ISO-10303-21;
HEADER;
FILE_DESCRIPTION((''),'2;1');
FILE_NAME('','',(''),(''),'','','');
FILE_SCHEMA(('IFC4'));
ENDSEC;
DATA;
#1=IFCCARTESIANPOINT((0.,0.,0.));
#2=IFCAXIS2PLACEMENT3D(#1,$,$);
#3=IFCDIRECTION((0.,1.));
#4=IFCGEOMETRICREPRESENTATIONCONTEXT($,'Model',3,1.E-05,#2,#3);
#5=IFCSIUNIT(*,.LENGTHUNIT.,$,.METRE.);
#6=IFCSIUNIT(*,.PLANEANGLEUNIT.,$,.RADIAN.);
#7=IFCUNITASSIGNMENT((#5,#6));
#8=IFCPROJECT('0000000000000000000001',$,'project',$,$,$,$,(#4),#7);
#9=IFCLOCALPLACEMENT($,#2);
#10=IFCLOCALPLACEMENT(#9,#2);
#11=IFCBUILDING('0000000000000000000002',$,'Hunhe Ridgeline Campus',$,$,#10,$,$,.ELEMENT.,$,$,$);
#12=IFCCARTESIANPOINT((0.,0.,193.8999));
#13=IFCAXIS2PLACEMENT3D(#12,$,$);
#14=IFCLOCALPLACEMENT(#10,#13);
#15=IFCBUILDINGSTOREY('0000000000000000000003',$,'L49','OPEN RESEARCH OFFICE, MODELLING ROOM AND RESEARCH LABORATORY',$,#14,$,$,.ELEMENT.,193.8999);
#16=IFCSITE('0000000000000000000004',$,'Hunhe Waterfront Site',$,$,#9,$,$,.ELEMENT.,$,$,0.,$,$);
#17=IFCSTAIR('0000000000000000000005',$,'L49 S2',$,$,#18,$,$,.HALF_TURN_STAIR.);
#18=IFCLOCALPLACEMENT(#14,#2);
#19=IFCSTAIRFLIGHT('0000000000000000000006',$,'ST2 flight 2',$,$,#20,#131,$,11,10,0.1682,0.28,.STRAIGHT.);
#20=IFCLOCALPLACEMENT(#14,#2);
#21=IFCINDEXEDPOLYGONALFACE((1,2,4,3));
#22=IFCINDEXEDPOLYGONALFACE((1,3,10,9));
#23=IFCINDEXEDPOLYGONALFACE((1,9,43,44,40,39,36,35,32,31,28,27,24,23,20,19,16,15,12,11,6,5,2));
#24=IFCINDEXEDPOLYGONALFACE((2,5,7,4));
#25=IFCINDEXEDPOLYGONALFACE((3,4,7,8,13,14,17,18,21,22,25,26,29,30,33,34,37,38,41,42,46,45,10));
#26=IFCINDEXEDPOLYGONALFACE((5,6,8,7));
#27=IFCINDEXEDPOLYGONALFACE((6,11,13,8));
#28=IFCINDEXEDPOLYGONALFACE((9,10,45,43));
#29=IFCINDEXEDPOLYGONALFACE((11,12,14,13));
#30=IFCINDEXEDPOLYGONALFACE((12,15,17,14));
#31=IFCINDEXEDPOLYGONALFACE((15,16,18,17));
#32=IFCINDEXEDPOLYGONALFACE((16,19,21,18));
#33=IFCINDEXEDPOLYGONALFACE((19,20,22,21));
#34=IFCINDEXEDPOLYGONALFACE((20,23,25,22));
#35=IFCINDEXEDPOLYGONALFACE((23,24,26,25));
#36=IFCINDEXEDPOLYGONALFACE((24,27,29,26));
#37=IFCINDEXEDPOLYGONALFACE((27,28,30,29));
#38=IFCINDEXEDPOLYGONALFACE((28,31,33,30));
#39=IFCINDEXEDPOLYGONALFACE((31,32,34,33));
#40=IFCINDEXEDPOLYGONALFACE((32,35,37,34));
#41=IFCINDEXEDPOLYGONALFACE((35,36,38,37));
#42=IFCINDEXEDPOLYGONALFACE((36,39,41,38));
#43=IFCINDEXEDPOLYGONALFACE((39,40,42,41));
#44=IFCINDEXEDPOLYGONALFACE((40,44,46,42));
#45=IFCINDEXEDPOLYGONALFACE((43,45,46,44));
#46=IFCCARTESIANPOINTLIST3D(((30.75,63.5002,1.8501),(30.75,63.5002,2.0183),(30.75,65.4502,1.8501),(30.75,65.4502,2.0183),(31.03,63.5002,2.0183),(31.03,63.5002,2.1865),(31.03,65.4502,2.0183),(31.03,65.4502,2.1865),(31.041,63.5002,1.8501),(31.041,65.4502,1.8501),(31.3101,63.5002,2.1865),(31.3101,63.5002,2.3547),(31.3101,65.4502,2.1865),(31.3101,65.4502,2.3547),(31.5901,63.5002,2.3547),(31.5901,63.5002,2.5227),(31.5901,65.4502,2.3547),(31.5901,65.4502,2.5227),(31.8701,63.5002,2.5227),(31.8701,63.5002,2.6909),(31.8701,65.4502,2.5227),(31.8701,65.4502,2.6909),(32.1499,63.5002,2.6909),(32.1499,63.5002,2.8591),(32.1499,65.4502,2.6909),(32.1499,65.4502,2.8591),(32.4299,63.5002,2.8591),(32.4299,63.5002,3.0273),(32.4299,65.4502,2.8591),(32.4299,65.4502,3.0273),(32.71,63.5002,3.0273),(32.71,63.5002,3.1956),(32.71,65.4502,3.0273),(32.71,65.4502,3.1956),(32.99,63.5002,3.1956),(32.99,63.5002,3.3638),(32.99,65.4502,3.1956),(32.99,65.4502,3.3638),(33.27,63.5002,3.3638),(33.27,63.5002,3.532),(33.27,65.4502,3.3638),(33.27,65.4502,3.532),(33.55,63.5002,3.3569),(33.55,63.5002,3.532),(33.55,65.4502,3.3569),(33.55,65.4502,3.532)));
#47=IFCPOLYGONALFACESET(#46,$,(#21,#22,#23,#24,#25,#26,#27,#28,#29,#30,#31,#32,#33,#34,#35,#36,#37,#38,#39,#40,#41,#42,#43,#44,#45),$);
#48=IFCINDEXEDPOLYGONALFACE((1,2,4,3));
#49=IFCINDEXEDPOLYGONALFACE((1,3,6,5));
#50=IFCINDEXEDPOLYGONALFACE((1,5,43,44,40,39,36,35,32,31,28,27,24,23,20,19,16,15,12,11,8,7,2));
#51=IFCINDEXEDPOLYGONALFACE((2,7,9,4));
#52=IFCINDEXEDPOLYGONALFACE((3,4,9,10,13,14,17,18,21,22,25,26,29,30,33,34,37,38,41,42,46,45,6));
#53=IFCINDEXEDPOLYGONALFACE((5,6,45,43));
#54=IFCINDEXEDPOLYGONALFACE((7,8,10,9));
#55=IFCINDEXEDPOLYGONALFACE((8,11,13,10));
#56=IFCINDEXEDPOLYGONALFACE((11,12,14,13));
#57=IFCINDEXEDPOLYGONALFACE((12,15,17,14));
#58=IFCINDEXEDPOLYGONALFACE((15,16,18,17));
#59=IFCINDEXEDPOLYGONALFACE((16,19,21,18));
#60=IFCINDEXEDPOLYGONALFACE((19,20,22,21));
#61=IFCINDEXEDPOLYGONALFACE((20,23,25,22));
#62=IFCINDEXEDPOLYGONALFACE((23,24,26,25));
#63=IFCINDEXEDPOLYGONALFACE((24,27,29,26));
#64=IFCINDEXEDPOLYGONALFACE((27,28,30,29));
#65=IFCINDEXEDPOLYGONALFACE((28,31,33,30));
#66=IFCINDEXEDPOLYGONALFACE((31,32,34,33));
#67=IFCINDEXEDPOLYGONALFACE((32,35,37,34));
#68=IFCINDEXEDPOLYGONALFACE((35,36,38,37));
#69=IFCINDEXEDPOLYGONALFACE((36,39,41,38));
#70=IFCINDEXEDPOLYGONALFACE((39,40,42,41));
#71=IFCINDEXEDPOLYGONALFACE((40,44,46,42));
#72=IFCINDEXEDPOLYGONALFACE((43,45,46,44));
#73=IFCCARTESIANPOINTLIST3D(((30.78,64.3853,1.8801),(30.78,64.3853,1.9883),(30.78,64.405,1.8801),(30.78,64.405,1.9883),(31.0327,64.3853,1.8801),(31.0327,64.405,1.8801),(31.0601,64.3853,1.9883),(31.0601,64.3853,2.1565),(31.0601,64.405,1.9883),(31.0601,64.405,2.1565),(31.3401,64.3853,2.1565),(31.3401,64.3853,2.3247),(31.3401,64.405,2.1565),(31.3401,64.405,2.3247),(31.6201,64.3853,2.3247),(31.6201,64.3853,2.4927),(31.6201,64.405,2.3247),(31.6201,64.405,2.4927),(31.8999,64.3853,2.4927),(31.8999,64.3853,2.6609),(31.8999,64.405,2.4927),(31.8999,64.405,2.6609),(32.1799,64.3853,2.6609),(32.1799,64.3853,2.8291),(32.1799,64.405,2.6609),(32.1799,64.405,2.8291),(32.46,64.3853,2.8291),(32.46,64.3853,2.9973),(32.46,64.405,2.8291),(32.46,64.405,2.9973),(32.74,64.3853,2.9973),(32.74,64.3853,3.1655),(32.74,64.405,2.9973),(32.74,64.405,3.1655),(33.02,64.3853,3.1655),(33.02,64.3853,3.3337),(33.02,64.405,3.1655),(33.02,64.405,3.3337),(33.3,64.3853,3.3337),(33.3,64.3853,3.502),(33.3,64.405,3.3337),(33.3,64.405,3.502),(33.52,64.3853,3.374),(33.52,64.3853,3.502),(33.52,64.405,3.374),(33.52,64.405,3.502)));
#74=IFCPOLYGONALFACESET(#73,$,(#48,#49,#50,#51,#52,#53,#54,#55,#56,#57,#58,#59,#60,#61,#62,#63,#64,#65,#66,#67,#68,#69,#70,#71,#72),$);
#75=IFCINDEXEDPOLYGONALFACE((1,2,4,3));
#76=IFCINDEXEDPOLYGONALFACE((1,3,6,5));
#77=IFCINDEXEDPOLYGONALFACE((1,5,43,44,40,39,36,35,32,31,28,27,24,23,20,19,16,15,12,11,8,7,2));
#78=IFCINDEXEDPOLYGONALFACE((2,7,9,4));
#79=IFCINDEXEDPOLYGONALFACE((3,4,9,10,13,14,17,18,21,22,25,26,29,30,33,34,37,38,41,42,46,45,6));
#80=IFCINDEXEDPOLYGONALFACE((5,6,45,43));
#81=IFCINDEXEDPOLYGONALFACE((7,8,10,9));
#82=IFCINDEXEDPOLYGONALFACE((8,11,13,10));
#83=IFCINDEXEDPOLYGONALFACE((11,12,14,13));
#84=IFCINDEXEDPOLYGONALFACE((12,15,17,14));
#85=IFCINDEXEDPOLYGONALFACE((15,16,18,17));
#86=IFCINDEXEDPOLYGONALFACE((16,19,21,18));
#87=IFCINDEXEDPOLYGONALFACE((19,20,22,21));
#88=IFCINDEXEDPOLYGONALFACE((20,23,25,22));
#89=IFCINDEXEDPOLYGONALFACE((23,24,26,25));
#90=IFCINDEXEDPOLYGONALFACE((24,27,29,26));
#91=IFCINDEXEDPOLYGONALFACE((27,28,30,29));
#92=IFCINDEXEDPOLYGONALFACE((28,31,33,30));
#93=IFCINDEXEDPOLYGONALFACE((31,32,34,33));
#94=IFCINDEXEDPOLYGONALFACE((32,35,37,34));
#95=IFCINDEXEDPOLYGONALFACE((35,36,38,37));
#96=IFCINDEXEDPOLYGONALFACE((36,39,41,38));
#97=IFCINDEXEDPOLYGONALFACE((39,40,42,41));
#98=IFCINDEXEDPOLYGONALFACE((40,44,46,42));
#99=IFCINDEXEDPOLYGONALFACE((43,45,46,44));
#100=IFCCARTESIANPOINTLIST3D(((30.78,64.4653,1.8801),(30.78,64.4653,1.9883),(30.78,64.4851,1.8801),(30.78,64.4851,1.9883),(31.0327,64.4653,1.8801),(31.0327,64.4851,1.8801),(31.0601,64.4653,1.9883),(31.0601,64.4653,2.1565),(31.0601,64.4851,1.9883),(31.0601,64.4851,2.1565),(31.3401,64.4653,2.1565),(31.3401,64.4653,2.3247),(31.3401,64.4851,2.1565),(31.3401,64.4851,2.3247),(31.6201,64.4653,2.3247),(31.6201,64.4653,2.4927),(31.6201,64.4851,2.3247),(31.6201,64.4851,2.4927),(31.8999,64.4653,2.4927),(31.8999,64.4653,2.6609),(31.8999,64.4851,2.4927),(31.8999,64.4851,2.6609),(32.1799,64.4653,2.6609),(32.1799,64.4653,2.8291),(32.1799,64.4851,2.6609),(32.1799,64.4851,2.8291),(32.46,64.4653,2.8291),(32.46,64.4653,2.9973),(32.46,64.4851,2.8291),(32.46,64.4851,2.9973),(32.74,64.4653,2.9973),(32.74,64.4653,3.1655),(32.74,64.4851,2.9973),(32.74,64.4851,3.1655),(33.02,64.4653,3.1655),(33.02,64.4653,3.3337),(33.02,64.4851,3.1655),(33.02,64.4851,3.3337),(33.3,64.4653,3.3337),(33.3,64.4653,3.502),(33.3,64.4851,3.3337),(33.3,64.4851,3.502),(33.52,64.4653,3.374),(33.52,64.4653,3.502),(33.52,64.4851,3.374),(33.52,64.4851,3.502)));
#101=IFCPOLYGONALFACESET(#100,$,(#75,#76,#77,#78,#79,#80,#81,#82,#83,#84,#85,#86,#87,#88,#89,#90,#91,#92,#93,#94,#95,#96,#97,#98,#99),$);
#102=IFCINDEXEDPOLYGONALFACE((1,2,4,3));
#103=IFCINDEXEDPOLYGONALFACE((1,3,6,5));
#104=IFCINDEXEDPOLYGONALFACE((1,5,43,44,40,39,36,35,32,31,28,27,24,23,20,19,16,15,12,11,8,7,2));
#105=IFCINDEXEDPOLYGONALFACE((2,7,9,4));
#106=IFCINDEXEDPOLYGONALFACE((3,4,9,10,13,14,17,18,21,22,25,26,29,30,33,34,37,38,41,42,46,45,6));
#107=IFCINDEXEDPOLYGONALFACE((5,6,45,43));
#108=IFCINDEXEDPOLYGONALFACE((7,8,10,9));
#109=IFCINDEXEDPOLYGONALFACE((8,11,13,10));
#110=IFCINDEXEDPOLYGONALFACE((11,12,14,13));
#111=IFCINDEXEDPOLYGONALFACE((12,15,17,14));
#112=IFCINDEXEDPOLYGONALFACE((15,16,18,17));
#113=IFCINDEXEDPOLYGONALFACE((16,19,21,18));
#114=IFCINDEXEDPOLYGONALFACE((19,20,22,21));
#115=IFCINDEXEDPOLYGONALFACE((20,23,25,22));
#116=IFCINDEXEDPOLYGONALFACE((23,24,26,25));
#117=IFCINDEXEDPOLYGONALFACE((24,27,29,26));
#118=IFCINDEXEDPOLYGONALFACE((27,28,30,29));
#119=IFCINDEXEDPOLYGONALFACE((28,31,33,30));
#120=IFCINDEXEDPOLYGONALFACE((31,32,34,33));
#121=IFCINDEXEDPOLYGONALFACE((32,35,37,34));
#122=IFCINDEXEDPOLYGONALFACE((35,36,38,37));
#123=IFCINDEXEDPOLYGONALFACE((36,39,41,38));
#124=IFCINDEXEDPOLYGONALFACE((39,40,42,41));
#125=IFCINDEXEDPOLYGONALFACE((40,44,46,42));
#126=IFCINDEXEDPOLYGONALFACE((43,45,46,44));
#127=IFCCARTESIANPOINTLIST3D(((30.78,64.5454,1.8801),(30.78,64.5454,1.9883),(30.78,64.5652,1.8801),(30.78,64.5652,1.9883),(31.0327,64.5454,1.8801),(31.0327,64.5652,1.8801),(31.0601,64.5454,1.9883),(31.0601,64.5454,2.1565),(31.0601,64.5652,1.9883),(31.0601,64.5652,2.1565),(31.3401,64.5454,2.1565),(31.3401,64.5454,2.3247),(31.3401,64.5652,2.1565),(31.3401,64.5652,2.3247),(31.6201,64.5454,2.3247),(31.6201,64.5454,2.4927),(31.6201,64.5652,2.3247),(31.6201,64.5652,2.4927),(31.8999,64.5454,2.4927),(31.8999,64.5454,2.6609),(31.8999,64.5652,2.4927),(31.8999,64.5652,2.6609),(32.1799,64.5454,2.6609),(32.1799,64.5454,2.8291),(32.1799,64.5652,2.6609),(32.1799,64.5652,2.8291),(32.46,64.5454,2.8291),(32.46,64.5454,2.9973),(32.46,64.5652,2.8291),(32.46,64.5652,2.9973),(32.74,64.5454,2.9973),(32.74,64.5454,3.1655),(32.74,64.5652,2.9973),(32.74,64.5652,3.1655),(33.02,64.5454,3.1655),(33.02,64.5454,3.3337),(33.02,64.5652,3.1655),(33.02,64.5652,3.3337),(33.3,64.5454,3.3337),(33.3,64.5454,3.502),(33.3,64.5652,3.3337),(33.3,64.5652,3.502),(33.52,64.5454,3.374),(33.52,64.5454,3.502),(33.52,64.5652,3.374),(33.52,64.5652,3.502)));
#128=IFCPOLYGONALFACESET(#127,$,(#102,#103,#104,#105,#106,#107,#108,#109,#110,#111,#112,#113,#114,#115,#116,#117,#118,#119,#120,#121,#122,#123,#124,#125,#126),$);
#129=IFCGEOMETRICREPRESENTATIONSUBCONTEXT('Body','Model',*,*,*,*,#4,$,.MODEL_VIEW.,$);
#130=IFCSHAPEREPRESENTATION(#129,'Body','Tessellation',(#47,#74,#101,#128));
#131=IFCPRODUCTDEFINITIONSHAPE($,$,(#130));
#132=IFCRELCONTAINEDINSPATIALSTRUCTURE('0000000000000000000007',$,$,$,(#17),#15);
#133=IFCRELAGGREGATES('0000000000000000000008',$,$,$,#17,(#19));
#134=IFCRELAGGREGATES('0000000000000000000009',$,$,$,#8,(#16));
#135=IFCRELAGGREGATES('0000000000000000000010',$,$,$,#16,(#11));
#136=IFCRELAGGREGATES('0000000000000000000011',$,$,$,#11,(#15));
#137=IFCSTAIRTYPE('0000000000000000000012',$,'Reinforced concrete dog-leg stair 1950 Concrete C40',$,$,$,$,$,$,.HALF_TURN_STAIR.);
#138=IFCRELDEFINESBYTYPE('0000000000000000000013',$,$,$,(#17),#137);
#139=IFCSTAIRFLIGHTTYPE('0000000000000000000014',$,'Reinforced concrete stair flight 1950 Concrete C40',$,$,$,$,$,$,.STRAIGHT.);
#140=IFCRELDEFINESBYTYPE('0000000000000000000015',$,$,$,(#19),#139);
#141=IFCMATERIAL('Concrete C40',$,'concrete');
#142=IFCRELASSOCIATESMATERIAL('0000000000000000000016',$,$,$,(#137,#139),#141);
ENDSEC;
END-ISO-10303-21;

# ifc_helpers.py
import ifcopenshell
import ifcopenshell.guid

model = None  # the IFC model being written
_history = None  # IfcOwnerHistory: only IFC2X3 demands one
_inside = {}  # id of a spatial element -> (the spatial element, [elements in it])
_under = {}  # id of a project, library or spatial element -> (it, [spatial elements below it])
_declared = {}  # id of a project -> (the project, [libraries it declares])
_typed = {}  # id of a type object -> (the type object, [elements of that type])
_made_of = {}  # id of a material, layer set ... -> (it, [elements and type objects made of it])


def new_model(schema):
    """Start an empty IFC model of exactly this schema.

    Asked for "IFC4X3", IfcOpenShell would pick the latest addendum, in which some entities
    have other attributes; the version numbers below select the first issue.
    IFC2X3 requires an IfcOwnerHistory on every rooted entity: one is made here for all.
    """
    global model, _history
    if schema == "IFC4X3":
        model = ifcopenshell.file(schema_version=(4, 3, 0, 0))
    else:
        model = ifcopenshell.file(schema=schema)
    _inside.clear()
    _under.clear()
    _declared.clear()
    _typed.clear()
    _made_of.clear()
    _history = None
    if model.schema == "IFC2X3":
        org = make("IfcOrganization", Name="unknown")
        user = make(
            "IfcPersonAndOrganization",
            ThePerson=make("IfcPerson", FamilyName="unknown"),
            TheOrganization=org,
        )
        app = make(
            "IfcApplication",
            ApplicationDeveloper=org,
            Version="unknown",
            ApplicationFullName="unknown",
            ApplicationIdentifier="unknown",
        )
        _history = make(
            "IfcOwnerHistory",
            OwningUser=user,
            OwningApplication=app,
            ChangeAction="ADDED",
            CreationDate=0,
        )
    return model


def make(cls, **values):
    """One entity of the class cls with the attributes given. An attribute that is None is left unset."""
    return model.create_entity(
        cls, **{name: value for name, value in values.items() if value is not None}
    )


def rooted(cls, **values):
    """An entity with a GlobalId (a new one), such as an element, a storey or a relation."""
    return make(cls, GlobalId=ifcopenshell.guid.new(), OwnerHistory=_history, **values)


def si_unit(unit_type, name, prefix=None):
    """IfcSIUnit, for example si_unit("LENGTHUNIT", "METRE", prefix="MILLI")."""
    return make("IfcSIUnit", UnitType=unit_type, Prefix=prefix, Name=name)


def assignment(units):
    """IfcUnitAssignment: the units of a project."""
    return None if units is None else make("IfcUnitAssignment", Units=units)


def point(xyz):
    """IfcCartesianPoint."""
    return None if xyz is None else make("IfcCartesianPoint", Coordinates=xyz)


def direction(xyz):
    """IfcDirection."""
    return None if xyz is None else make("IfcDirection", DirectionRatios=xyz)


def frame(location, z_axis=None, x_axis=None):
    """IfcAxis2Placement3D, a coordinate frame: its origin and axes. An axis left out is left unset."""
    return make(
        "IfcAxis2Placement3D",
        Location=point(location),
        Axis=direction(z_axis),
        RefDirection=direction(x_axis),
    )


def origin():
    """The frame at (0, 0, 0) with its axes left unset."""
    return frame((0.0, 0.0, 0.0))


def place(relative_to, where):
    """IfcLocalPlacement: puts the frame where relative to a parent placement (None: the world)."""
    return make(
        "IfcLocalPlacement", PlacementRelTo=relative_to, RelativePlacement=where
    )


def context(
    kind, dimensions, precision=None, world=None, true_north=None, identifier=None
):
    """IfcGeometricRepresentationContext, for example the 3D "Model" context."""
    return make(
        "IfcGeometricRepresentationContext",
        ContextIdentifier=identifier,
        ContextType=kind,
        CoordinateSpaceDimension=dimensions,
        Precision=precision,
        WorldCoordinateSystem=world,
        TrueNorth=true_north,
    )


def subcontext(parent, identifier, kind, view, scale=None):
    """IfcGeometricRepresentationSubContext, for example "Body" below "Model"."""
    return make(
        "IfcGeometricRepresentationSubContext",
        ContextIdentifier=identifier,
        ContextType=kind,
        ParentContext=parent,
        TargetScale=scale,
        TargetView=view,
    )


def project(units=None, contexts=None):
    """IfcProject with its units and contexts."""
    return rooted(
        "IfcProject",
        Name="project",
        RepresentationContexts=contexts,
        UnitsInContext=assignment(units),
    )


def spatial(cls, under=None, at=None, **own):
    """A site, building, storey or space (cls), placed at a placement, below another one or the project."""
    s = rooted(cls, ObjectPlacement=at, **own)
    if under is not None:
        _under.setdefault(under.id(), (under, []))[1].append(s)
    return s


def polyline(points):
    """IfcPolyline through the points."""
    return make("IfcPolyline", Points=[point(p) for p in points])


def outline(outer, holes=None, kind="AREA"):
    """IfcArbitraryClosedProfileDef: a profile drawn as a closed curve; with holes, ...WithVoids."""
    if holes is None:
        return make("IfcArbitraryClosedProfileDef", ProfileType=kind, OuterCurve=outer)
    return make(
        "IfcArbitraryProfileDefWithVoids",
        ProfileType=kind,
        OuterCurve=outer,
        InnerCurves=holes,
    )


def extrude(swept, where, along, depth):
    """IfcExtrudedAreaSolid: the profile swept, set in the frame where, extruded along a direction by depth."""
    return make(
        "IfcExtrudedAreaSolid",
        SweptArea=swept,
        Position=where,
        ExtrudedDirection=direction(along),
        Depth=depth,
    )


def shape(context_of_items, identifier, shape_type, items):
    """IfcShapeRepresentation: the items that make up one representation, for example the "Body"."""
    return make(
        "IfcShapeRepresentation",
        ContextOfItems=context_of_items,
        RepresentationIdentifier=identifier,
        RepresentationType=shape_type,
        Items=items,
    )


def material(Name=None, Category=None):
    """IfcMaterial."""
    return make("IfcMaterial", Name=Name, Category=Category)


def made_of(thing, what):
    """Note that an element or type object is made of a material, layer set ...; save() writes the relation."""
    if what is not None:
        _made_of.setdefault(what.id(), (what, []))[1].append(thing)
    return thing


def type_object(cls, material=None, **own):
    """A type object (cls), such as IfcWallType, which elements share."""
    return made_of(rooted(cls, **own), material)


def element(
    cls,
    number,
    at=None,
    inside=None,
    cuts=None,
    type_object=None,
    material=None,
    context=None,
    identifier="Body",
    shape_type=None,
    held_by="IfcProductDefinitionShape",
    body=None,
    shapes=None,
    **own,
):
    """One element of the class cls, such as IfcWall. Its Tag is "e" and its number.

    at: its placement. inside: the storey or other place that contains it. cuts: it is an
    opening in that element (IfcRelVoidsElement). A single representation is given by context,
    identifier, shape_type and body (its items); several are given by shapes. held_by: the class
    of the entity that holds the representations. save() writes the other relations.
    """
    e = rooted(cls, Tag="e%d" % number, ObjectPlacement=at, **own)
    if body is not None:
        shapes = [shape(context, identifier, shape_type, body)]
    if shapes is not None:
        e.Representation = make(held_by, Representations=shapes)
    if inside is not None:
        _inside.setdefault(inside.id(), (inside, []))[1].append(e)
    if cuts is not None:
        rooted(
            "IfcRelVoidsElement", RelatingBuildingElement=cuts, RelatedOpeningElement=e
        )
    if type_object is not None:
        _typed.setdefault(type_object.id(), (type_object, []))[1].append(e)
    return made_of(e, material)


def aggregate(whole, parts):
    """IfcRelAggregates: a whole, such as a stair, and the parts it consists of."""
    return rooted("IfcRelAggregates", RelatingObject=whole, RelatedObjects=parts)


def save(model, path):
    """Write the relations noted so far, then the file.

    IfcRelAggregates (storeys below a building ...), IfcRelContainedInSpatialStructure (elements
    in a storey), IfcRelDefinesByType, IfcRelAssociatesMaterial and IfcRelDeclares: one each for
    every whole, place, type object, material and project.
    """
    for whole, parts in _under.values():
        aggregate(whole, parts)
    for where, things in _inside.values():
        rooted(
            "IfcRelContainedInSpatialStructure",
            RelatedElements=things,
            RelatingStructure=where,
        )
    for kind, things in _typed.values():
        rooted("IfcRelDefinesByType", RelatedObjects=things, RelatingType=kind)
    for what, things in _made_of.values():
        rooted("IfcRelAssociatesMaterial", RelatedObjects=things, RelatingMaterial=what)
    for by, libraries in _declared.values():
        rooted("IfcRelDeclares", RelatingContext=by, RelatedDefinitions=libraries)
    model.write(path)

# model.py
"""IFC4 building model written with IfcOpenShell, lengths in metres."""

from ifc_helpers import new_model, si_unit, direction, frame, origin, place, context, subcontext, project, spatial, polyline, outline, extrude, material, type_object, element, aggregate, save


model = new_model("IFC4")

# Units and contexts
model_context = context("Model", 3, precision=1e-05, world=origin(), true_north=direction((0.0, 1.0)))
body_context = subcontext(model_context, "Body", "Model", "MODEL_VIEW")
ifc_project = project(units=[si_unit("LENGTHUNIT", "METRE"), si_unit("PLANEANGLEUNIT", "RADIAN")], contexts=[model_context])

# Site, building, storey
site_placement = place(None, origin())
site = spatial("IfcSite", under=ifc_project, at=site_placement, Name="Hunhe Waterfront Site", CompositionType="ELEMENT", RefElevation=0.0)
building_placement = place(site_placement, origin())
building = spatial("IfcBuilding", under=site, at=building_placement, Name="Hunhe Ridgeline Campus", CompositionType="ELEMENT")
storey_placement = place(building_placement, frame((0.0, 0.0, 193.8999)))
storey = spatial("IfcBuildingStorey", under=building, at=storey_placement, Name="L49", Description="OPEN RESEARCH OFFICE, MODELLING ROOM AND RESEARCH LABORATORY", CompositionType="ELEMENT", Elevation=193.8999)

# Stair, stair flight
ifc_material_1 = material(Name="Concrete C40", Category="concrete")
stair_type = type_object("IfcStairType", Name="Reinforced concrete dog-leg stair 1950 Concrete C40", PredefinedType="HALF_TURN_STAIR", material=ifc_material_1)
stair_placement = place(storey_placement, origin())
stair = element("IfcStair", 1, at=stair_placement, inside=storey, type_object=stair_type, Name="L49 S2", PredefinedType="HALF_TURN_STAIR")
stair_flight_type = type_object("IfcStairFlightType", Name="Reinforced concrete stair flight 1950 Concrete C40", PredefinedType="STRAIGHT", material=ifc_material_1)
stair_flight_1_placement = place(storey_placement, frame((30.75, 64.4751, 1.8501), z_axis=(0.0, 0.0, 1.0), x_axis=(1.0, 0.0, 0.0)))
stair_flight_1 = element("IfcStairFlight", 2, at=stair_flight_1_placement, type_object=stair_flight_type, Name="ST2 flight 2", NumberOfRisers=11, NumberOfTreads=10, PredefinedType="STRAIGHT", RiserHeight=0.1682, TreadLength=0.28, context=body_context, shape_type="SweptSolid", body=[
    extrude(outline(polyline([(0.0, 0.0), (0.0, 0.1682), (0.28, 0.1682), (0.28, 0.3364), (0.5601, 0.3364), (0.5601, 0.5046), (0.8401, 0.5046), (0.8401, 0.6726), (1.1201, 0.6726), (1.1201, 0.8408), (1.3999, 0.8408), (1.3999, 1.009), (1.6799, 1.009), (1.6799, 1.1772), (1.96, 1.1772), (1.96, 1.3455), (2.24, 1.3455), (2.24, 1.5137), (2.52, 1.5137), (2.52, 1.6819), (2.8, 1.6819), (2.8, 1.8501), (2.8, 1.5068), (0.291, 0.0), (0.0, 0.0)])), frame((0.0, 0.9751, 0.0), z_axis=(0.0, -1.0, 0.0), x_axis=(1.0, 0.0, 0.0)), (0.0, 0.0, 1.0), 1.95),
    extrude(outline(polyline([(0.03, 0.03), (0.03, 0.1382), (0.3101, 0.1382), (0.3101, 0.3064), (0.5901, 0.3064), (0.5901, 0.4746), (0.8701, 0.4746), (0.8701, 0.6426), (1.1499, 0.6426), (1.1499, 0.8108), (1.4299, 0.8108), (1.4299, 0.979), (1.71, 0.979), (1.71, 1.1472), (1.99, 1.1472), (1.99, 1.3154), (2.27, 1.3154), (2.27, 1.4836), (2.55, 1.4836), (2.55, 1.6519), (2.77, 1.6519), (2.77, 1.5239), (0.2827, 0.03), (0.03, 0.03)])), frame((0.0, -0.0701, 0.0), z_axis=(0.0, -1.0, 0.0), x_axis=(1.0, 0.0, 0.0)), (0.0, 0.0, 1.0), 0.0198),
    extrude(outline(polyline([(0.03, 0.03), (0.03, 0.1382), (0.3101, 0.1382), (0.3101, 0.3064), (0.5901, 0.3064), (0.5901, 0.4746), (0.8701, 0.4746), (0.8701, 0.6426), (1.1499, 0.6426), (1.1499, 0.8108), (1.4299, 0.8108), (1.4299, 0.979), (1.71, 0.979), (1.71, 1.1472), (1.99, 1.1472), (1.99, 1.3154), (2.27, 1.3154), (2.27, 1.4836), (2.55, 1.4836), (2.55, 1.6519), (2.77, 1.6519), (2.77, 1.5239), (0.2827, 0.03), (0.03, 0.03)])), frame((0.0, 0.01, 0.0), z_axis=(0.0, -1.0, 0.0), x_axis=(1.0, 0.0, 0.0)), (0.0, 0.0, 1.0), 0.0198),
    extrude(outline(polyline([(0.03, 0.03), (0.03, 0.1382), (0.3101, 0.1382), (0.3101, 0.3064), (0.5901, 0.3064), (0.5901, 0.4746), (0.8701, 0.4746), (0.8701, 0.6426), (1.1499, 0.6426), (1.1499, 0.8108), (1.4299, 0.8108), (1.4299, 0.979), (1.71, 0.979), (1.71, 1.1472), (1.99, 1.1472), (1.99, 1.3154), (2.27, 1.3154), (2.27, 1.4836), (2.55, 1.4836), (2.55, 1.6519), (2.77, 1.6519), (2.77, 1.5239), (0.2827, 0.03), (0.03, 0.03)])), frame((0.0, 0.0901, 0.0), z_axis=(0.0, -1.0, 0.0), x_axis=(1.0, 0.0, 0.0)), (0.0, 0.0, 1.0), 0.0198),
])
aggregate(stair, [stair_flight_1])

save(model, "model.ifc")
